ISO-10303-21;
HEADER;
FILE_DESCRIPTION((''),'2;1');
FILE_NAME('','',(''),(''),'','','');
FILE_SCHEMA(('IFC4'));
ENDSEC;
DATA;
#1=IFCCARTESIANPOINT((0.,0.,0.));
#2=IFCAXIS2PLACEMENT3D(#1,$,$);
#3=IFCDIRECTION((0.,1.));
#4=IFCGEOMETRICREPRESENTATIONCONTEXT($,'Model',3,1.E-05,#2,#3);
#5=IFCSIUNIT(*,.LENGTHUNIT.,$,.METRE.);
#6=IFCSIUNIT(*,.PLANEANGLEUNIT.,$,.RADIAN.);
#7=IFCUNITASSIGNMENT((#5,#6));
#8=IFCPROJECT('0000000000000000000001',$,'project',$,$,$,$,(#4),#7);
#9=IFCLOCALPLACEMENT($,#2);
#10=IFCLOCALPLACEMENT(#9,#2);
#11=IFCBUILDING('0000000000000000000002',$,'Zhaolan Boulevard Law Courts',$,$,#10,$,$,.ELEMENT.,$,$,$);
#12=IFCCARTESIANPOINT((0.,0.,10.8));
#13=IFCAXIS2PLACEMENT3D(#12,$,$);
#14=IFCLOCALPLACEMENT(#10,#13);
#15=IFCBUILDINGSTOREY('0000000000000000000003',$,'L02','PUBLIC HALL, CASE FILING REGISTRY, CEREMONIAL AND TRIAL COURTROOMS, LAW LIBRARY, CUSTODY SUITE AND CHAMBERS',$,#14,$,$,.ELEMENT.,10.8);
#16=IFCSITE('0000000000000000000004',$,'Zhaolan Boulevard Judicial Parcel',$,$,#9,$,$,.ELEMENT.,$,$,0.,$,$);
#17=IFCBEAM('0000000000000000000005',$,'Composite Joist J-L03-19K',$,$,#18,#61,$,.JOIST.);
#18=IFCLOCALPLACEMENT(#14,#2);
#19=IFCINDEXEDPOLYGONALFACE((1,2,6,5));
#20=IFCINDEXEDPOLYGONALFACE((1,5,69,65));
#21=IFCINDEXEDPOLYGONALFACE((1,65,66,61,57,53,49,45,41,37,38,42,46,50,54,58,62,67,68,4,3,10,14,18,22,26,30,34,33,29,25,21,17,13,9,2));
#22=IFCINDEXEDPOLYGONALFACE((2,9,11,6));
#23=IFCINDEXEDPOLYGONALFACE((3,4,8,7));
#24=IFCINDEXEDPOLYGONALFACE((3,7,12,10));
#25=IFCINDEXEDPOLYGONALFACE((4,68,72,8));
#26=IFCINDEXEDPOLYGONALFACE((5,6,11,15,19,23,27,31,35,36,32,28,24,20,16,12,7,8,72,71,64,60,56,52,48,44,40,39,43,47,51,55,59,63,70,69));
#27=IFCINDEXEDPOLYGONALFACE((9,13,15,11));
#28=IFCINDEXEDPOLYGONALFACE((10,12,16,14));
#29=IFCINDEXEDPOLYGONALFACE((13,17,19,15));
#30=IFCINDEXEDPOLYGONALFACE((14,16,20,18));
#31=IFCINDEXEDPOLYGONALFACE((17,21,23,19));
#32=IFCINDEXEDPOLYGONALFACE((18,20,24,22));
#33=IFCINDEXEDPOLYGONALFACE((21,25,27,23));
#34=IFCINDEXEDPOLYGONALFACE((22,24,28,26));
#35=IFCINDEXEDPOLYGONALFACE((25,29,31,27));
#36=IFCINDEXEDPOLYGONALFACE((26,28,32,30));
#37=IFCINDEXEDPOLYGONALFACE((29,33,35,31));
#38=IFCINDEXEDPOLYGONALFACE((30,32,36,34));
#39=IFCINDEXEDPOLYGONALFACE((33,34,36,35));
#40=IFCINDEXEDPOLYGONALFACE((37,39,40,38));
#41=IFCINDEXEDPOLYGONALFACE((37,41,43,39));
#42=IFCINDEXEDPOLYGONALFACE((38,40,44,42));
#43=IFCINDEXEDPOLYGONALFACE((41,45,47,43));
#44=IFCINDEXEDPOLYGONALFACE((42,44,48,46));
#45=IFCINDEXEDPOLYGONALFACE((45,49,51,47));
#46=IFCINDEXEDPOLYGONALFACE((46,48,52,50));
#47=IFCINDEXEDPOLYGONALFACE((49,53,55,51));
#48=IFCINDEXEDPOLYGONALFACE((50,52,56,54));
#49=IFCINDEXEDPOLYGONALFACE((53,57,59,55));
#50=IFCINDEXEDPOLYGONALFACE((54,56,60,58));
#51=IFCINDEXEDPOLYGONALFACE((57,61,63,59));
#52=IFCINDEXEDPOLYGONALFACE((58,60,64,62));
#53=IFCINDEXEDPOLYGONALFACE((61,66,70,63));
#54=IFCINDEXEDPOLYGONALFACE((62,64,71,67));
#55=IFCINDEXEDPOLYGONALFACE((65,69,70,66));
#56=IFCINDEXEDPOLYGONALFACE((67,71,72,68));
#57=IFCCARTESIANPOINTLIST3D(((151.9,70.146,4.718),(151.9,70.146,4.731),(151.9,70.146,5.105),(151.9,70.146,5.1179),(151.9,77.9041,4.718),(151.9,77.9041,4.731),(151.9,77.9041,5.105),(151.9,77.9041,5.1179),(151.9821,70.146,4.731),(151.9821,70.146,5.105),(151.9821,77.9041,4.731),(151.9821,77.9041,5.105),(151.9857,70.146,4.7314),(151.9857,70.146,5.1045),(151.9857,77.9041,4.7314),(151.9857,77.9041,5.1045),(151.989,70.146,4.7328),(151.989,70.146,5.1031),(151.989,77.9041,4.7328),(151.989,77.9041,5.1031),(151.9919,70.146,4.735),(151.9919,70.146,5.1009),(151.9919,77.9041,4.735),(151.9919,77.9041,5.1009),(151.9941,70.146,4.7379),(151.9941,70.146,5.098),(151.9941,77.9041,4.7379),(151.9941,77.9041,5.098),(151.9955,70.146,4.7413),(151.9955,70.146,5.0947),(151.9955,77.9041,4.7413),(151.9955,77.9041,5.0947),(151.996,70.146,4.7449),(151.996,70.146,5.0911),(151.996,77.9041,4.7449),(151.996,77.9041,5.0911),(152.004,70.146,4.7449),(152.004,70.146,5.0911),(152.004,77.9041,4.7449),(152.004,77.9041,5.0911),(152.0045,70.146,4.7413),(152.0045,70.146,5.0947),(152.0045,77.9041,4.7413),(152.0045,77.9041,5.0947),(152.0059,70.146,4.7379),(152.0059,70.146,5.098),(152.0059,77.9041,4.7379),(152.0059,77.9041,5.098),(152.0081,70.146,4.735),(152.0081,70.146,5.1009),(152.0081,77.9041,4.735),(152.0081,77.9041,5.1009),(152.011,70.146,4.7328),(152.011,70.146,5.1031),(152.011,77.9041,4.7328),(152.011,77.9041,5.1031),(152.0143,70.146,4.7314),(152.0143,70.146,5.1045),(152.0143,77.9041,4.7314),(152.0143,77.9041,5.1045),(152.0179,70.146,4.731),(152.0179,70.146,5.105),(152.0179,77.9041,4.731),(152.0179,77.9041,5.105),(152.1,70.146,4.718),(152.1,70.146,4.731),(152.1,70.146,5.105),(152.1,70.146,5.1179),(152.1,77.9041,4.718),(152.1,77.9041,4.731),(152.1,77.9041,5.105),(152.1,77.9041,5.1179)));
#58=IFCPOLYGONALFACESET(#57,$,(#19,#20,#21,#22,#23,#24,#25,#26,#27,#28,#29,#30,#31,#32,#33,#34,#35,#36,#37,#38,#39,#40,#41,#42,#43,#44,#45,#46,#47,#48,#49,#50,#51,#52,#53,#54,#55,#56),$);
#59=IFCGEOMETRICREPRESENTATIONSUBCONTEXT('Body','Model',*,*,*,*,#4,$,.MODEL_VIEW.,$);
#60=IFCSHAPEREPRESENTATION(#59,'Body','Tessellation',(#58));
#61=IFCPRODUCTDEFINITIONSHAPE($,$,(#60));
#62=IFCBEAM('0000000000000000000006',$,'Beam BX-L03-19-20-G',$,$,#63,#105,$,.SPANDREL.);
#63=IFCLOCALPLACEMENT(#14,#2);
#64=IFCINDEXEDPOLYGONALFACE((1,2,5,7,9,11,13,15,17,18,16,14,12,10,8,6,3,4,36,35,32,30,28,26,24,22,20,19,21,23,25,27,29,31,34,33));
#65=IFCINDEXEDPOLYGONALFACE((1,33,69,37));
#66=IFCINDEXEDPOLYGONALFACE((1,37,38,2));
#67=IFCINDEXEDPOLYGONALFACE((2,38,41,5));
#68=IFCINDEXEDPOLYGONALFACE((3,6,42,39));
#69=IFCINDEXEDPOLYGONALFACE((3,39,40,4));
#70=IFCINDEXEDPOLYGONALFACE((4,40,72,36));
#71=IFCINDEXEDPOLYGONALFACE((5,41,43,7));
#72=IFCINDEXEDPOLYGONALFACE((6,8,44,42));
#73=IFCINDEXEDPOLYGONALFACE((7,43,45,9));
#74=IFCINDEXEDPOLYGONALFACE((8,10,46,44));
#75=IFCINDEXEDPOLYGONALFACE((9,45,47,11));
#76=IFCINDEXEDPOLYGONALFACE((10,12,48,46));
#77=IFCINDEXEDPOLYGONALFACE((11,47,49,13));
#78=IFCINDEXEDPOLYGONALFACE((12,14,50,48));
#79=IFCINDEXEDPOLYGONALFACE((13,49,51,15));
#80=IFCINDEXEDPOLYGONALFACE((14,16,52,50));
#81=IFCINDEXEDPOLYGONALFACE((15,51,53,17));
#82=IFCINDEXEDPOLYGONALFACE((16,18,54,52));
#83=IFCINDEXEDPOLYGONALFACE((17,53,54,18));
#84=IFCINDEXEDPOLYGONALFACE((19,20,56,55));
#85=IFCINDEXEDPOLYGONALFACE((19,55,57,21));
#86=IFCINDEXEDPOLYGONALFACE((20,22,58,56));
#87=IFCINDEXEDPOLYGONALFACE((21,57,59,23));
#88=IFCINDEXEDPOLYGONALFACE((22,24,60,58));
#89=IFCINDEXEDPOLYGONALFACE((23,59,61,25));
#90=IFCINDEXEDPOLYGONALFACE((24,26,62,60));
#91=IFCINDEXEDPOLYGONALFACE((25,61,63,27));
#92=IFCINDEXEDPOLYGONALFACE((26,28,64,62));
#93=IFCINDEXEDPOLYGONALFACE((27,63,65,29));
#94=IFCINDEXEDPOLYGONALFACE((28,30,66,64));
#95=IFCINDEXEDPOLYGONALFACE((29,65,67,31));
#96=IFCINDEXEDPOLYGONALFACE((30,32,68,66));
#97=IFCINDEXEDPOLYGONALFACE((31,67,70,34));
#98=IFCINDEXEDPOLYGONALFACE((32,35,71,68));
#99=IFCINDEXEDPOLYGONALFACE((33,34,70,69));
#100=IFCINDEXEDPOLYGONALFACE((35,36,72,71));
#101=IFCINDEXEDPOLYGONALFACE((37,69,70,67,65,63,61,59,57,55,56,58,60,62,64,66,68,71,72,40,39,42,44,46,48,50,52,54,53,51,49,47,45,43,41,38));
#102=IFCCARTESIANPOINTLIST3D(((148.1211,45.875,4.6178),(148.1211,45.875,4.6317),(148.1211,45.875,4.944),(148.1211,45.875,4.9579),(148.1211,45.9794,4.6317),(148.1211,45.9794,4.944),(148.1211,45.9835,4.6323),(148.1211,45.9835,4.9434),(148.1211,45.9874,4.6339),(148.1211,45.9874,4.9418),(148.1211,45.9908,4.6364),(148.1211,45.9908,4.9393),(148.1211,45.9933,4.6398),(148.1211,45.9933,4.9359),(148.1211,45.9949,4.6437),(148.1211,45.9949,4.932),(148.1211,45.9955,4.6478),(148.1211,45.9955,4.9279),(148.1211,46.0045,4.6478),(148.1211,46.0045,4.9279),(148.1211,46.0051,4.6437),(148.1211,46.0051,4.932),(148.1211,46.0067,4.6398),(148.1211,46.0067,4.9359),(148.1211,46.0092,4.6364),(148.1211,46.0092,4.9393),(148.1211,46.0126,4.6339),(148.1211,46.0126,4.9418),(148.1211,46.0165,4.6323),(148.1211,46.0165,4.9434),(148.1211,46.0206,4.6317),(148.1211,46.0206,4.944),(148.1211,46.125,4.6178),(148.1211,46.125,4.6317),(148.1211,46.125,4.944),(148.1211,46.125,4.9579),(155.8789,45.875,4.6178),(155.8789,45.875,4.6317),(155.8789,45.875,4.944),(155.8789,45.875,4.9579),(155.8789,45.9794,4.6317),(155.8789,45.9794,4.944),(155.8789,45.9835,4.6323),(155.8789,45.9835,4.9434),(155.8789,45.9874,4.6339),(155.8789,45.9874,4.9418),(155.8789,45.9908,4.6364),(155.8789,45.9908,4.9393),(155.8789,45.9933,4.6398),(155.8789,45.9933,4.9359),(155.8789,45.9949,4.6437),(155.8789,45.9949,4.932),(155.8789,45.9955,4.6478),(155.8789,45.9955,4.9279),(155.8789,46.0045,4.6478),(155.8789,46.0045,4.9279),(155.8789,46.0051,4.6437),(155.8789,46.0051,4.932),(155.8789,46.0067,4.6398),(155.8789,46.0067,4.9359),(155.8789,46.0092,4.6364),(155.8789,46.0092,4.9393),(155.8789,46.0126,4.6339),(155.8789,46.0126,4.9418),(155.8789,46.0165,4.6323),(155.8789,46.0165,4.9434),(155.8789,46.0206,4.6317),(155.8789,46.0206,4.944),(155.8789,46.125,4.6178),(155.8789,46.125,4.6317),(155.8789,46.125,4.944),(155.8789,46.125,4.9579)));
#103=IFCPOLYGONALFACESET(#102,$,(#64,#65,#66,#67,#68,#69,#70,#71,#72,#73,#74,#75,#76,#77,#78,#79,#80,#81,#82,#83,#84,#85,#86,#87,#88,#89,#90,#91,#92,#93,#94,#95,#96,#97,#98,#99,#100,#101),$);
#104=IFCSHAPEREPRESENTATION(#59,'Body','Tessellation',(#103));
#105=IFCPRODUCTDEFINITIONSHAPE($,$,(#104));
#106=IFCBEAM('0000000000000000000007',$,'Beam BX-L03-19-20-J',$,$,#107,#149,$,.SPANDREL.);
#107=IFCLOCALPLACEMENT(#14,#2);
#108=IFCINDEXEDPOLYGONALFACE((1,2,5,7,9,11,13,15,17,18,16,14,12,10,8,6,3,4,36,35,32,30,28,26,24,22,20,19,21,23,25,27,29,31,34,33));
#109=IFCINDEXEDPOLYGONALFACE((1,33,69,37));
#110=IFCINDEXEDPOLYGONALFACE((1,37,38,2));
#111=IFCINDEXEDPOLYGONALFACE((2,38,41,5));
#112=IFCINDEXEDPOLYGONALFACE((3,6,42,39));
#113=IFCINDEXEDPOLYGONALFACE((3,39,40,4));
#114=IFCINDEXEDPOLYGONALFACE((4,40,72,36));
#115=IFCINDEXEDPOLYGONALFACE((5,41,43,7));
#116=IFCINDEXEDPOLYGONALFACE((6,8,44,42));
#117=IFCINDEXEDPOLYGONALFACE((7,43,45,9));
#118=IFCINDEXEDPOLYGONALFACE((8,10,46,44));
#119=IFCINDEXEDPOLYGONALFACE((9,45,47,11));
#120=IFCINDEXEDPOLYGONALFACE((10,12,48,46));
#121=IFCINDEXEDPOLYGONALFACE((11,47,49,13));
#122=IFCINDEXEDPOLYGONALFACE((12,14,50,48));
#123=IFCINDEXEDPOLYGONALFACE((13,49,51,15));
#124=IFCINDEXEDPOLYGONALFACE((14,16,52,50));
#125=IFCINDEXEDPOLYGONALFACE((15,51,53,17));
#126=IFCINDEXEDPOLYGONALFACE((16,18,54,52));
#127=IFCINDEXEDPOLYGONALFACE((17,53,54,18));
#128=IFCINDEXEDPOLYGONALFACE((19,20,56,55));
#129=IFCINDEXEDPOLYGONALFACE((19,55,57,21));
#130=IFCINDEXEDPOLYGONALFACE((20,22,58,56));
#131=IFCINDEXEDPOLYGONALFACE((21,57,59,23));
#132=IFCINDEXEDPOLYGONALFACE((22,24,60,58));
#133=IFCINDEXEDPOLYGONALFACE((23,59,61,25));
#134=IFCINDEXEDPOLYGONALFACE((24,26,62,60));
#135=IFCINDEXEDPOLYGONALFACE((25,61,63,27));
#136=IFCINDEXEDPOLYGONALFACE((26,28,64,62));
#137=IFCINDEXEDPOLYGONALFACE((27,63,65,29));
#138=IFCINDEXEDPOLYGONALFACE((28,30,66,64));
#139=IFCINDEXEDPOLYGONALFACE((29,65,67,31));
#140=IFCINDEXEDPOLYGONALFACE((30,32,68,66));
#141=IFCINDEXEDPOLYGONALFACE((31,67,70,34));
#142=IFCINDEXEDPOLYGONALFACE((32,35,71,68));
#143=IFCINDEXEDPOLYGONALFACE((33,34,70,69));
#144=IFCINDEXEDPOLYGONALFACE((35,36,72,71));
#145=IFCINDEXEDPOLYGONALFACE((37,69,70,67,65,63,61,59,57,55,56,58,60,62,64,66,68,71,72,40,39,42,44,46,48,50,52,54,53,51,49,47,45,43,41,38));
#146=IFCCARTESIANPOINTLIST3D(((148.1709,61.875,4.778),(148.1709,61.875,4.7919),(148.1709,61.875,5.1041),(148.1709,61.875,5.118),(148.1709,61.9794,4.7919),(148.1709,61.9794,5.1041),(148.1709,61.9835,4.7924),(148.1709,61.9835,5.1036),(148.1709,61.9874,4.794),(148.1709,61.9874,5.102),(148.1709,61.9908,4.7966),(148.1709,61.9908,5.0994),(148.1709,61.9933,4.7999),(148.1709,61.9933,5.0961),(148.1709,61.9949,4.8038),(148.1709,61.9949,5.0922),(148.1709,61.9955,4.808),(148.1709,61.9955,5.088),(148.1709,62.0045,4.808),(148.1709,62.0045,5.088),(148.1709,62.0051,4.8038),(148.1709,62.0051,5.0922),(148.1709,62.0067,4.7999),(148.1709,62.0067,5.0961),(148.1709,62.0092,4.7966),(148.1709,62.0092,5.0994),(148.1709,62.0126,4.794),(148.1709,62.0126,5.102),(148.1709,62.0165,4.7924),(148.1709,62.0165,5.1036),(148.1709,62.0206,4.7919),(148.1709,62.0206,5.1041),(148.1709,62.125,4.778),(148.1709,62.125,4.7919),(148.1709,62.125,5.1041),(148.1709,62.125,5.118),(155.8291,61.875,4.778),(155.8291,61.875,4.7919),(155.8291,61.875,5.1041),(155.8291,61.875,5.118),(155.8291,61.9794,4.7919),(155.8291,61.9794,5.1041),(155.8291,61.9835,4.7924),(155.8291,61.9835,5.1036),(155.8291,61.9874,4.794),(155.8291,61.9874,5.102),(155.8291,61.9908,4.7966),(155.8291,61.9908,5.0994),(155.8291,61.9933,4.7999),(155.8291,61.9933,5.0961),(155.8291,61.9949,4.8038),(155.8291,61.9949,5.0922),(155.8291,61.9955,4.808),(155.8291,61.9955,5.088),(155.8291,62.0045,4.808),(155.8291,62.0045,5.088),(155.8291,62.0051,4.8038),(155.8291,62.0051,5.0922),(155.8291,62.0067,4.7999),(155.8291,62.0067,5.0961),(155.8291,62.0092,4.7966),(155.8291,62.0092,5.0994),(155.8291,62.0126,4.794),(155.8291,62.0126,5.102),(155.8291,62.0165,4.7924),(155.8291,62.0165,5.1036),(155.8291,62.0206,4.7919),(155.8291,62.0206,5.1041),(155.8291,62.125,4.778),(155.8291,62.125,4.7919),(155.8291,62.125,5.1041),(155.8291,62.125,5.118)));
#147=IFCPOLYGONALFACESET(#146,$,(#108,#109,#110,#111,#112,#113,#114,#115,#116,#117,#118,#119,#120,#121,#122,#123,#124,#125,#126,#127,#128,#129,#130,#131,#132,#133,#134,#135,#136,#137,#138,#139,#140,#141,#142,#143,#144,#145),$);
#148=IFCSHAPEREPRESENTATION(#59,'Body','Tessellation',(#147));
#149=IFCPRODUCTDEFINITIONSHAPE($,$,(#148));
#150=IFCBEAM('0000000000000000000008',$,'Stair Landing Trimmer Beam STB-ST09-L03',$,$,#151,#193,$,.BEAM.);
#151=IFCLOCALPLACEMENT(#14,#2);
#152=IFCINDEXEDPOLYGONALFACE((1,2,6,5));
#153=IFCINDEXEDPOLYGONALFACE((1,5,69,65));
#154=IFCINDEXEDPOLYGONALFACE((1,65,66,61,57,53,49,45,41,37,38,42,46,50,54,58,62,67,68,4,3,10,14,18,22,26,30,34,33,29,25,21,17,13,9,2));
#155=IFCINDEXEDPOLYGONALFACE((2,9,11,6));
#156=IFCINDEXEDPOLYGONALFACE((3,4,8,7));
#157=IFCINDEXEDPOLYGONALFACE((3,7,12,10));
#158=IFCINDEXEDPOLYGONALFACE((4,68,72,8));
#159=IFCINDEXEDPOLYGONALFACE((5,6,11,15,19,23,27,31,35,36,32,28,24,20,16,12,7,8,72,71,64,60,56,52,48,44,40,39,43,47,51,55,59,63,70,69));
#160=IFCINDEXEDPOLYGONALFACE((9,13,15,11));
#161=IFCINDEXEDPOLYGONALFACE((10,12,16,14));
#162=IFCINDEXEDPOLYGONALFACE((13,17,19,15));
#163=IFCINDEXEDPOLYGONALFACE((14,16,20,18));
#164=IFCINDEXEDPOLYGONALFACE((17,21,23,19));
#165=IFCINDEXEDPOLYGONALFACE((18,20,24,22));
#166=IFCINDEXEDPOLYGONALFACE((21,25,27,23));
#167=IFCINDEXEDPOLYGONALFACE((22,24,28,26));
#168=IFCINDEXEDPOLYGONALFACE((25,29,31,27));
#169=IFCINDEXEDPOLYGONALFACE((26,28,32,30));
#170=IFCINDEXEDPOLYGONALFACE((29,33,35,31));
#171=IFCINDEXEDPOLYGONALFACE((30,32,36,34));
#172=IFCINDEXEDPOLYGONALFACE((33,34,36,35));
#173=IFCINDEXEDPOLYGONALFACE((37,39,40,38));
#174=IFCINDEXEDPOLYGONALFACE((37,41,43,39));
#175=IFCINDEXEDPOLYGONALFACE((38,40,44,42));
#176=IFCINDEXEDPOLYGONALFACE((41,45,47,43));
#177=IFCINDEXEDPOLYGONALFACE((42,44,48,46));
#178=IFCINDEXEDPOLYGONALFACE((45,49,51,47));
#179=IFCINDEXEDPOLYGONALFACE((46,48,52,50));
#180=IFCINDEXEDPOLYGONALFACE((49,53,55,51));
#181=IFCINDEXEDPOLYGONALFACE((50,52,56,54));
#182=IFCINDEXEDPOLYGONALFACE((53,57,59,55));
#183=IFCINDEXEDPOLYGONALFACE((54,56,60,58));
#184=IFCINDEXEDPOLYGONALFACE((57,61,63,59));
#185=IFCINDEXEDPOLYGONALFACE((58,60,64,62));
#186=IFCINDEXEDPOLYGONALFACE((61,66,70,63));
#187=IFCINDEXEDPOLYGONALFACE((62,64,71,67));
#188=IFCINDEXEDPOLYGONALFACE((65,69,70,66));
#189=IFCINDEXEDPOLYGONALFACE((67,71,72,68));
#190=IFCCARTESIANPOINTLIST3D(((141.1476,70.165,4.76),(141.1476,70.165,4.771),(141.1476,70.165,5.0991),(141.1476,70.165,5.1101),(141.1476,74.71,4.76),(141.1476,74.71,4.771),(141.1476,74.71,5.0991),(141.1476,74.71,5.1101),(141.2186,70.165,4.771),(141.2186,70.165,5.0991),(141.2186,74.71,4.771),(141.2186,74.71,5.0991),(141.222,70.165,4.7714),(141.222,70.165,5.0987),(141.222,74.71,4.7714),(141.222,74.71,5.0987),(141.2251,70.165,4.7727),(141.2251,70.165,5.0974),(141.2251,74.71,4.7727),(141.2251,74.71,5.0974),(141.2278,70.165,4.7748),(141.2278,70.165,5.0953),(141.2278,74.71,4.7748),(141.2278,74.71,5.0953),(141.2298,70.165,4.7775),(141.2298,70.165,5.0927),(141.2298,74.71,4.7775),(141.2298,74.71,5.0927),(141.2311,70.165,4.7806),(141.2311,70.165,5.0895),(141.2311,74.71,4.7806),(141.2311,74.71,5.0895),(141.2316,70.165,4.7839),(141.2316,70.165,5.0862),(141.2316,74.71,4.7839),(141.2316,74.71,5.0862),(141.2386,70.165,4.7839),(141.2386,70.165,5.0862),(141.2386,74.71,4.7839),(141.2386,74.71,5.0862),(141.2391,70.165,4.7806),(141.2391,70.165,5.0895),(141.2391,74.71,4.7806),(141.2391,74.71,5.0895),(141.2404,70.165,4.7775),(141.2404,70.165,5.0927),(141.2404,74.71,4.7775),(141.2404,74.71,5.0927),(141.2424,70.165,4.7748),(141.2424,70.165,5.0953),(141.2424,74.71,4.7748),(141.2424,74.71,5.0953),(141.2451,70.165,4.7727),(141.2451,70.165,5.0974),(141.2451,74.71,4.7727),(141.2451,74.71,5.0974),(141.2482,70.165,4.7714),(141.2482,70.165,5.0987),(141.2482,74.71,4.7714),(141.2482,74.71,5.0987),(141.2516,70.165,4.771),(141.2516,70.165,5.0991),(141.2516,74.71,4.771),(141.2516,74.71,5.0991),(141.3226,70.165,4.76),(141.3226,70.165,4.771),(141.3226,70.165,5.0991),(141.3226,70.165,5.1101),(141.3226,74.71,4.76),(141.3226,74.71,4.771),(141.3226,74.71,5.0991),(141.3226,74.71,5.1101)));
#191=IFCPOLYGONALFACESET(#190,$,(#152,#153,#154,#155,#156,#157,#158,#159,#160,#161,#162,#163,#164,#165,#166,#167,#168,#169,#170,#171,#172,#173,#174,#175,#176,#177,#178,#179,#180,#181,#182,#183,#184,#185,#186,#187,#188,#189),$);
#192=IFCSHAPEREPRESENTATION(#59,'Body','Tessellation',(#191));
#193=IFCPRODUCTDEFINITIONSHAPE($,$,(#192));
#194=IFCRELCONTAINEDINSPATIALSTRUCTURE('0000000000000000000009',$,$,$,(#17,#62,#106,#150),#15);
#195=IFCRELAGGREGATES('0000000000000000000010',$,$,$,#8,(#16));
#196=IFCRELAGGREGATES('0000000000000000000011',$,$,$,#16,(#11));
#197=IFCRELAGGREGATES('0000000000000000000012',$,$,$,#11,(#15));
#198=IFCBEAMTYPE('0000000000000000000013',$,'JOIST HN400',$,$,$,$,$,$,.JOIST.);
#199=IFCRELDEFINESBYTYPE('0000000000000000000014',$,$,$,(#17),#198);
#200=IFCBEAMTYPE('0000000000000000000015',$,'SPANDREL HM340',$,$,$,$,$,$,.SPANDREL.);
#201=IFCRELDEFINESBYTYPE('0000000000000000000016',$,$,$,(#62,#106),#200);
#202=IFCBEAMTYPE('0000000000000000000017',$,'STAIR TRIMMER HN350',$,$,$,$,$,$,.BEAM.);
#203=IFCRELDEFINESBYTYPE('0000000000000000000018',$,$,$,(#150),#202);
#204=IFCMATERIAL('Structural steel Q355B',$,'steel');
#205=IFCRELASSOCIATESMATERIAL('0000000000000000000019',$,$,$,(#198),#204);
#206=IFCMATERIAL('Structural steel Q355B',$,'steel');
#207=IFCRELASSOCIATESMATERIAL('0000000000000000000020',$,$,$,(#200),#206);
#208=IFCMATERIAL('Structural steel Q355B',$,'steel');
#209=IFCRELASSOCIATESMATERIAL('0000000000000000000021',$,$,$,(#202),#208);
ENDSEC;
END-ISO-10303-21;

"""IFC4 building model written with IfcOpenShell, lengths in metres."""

from ifc_helpers import new_model, si_unit, direction, frame, origin, origin_2d, place, context, subcontext, project, spatial, i_section, extrude, material, material_profile, profile_set, type_object, element, save


model = new_model("IFC4")

# Units and contexts
model_context = context("Model", 3, precision=1e-05, world=origin(), true_north=direction((0.0, 1.0)))
body_context = subcontext(model_context, "Body", "Model", "MODEL_VIEW")
ifc_project = project(units=[si_unit("LENGTHUNIT", "METRE"), si_unit("PLANEANGLEUNIT", "RADIAN")], contexts=[model_context])

# Site, building, storey
site_placement = place(None, origin())
site = spatial("IfcSite", under=ifc_project, at=site_placement, Name="Zhaolan Boulevard Judicial Parcel", CompositionType="ELEMENT", RefElevation=0.0)
building_placement = place(site_placement, origin())
building = spatial("IfcBuilding", under=site, at=building_placement, Name="Zhaolan Boulevard Law Courts", CompositionType="ELEMENT")
storey_placement = place(building_placement, frame((0.0, 0.0, 10.8)))
storey = spatial("IfcBuildingStorey", under=building, at=storey_placement, Name="L02", Description="PUBLIC HALL, CASE FILING REGISTRY, CEREMONIAL AND TRIAL COURTROOMS, LAW LIBRARY, CUSTODY SUITE AND CHAMBERS", CompositionType="ELEMENT", Elevation=10.8)

# Beams
ifc_material_1 = material(Name="Structural steel Q355B", Category="steel")
ifc_material_profile_1 = material_profile(ifc_material_1, i_section(OverallWidth=0.2, OverallDepth=0.3999, WebThickness=0.0081, FlangeThickness=0.0129, FilletRadius=0.0139, at=origin_2d()), Name="HN400x200")
ifc_profile_set_1 = profile_set([ifc_material_profile_1], Name="Structural steel Q355B")
beam_type_1 = type_object("IfcBeamType", Name="JOIST HN400", PredefinedType="JOIST", material=ifc_profile_set_1)
beam_1_placement = place(storey_placement, frame((152.0, 70.146, 4.918), z_axis=(0.0, 1.0, 0.0), x_axis=(-1.0, 0.0, 0.0)))
element("IfcBeam", 1, at=beam_1_placement, inside=storey, type_object=beam_type_1, Name="Composite Joist J-L03-19K", PredefinedType="JOIST", context=body_context, shape_type="SweptSolid", body=[
    extrude(i_section(OverallWidth=0.2, OverallDepth=0.3999, WebThickness=0.0081, FlangeThickness=0.0129, FilletRadius=0.0139, at=origin_2d()), origin(), (0.0, 0.0, 1.0), 7.7581),
])
ifc_material_2 = material(Name="Structural steel Q355B", Category="steel")
ifc_material_profile_2 = material_profile(ifc_material_2, i_section(OverallWidth=0.25, OverallDepth=0.3401, WebThickness=0.009, FlangeThickness=0.0139, FilletRadius=0.0161, at=origin_2d()), Name="HM340x250")
ifc_profile_set_2 = profile_set([ifc_material_profile_2], Name="Structural steel Q355B")
beam_type_2 = type_object("IfcBeamType", Name="SPANDREL HM340", PredefinedType="SPANDREL", material=ifc_profile_set_2)
beam_2_placement = place(storey_placement, frame((148.1211, 46.0, 4.7878), z_axis=(1.0, 0.0, 0.0), x_axis=(0.0, 1.0, 0.0)))
element("IfcBeam", 2, at=beam_2_placement, inside=storey, type_object=beam_type_2, Name="Beam BX-L03-19-20-G", PredefinedType="SPANDREL", context=body_context, shape_type="SweptSolid", body=[
    extrude(i_section(OverallWidth=0.25, OverallDepth=0.3401, WebThickness=0.009, FlangeThickness=0.0139, FilletRadius=0.0161, at=origin_2d()), origin(), (0.0, 0.0, 1.0), 7.7578),
])
beam_3_placement = place(storey_placement, frame((148.1709, 62.0, 4.948), z_axis=(1.0, 0.0, 0.0), x_axis=(0.0, 1.0, 0.0)))
element("IfcBeam", 3, at=beam_3_placement, inside=storey, type_object=beam_type_2, Name="Beam BX-L03-19-20-J", PredefinedType="SPANDREL", context=body_context, shape_type="SweptSolid", body=[
    extrude(i_section(OverallWidth=0.25, OverallDepth=0.3401, WebThickness=0.009, FlangeThickness=0.0139, FilletRadius=0.0161, at=origin_2d()), origin(), (0.0, 0.0, 1.0), 7.6582),
])
ifc_material_3 = material(Name="Structural steel Q355B", Category="steel")
ifc_material_profile_3 = material_profile(ifc_material_3, i_section(OverallWidth=0.175, OverallDepth=0.3501, WebThickness=0.0071, FlangeThickness=0.011, FilletRadius=0.0129, at=origin_2d()), Name="HN350x175")
ifc_profile_set_3 = profile_set([ifc_material_profile_3], Name="Structural steel Q355B")
beam_type_3 = type_object("IfcBeamType", Name="STAIR TRIMMER HN350", PredefinedType="BEAM", material=ifc_profile_set_3)
beam_4_placement = place(storey_placement, frame((141.2351, 70.165, 4.9351), z_axis=(0.0, 1.0, 0.0), x_axis=(-1.0, 0.0, 0.0)))
element("IfcBeam", 4, at=beam_4_placement, inside=storey, type_object=beam_type_3, Name="Stair Landing Trimmer Beam STB-ST09-L03", PredefinedType="BEAM", context=body_context, shape_type="SweptSolid", body=[
    extrude(i_section(OverallWidth=0.175, OverallDepth=0.3501, WebThickness=0.0071, FlangeThickness=0.011, FilletRadius=0.0129, at=origin_2d()), origin(), (0.0, 0.0, 1.0), 4.5449),
])

save(model, "model.ifc")
